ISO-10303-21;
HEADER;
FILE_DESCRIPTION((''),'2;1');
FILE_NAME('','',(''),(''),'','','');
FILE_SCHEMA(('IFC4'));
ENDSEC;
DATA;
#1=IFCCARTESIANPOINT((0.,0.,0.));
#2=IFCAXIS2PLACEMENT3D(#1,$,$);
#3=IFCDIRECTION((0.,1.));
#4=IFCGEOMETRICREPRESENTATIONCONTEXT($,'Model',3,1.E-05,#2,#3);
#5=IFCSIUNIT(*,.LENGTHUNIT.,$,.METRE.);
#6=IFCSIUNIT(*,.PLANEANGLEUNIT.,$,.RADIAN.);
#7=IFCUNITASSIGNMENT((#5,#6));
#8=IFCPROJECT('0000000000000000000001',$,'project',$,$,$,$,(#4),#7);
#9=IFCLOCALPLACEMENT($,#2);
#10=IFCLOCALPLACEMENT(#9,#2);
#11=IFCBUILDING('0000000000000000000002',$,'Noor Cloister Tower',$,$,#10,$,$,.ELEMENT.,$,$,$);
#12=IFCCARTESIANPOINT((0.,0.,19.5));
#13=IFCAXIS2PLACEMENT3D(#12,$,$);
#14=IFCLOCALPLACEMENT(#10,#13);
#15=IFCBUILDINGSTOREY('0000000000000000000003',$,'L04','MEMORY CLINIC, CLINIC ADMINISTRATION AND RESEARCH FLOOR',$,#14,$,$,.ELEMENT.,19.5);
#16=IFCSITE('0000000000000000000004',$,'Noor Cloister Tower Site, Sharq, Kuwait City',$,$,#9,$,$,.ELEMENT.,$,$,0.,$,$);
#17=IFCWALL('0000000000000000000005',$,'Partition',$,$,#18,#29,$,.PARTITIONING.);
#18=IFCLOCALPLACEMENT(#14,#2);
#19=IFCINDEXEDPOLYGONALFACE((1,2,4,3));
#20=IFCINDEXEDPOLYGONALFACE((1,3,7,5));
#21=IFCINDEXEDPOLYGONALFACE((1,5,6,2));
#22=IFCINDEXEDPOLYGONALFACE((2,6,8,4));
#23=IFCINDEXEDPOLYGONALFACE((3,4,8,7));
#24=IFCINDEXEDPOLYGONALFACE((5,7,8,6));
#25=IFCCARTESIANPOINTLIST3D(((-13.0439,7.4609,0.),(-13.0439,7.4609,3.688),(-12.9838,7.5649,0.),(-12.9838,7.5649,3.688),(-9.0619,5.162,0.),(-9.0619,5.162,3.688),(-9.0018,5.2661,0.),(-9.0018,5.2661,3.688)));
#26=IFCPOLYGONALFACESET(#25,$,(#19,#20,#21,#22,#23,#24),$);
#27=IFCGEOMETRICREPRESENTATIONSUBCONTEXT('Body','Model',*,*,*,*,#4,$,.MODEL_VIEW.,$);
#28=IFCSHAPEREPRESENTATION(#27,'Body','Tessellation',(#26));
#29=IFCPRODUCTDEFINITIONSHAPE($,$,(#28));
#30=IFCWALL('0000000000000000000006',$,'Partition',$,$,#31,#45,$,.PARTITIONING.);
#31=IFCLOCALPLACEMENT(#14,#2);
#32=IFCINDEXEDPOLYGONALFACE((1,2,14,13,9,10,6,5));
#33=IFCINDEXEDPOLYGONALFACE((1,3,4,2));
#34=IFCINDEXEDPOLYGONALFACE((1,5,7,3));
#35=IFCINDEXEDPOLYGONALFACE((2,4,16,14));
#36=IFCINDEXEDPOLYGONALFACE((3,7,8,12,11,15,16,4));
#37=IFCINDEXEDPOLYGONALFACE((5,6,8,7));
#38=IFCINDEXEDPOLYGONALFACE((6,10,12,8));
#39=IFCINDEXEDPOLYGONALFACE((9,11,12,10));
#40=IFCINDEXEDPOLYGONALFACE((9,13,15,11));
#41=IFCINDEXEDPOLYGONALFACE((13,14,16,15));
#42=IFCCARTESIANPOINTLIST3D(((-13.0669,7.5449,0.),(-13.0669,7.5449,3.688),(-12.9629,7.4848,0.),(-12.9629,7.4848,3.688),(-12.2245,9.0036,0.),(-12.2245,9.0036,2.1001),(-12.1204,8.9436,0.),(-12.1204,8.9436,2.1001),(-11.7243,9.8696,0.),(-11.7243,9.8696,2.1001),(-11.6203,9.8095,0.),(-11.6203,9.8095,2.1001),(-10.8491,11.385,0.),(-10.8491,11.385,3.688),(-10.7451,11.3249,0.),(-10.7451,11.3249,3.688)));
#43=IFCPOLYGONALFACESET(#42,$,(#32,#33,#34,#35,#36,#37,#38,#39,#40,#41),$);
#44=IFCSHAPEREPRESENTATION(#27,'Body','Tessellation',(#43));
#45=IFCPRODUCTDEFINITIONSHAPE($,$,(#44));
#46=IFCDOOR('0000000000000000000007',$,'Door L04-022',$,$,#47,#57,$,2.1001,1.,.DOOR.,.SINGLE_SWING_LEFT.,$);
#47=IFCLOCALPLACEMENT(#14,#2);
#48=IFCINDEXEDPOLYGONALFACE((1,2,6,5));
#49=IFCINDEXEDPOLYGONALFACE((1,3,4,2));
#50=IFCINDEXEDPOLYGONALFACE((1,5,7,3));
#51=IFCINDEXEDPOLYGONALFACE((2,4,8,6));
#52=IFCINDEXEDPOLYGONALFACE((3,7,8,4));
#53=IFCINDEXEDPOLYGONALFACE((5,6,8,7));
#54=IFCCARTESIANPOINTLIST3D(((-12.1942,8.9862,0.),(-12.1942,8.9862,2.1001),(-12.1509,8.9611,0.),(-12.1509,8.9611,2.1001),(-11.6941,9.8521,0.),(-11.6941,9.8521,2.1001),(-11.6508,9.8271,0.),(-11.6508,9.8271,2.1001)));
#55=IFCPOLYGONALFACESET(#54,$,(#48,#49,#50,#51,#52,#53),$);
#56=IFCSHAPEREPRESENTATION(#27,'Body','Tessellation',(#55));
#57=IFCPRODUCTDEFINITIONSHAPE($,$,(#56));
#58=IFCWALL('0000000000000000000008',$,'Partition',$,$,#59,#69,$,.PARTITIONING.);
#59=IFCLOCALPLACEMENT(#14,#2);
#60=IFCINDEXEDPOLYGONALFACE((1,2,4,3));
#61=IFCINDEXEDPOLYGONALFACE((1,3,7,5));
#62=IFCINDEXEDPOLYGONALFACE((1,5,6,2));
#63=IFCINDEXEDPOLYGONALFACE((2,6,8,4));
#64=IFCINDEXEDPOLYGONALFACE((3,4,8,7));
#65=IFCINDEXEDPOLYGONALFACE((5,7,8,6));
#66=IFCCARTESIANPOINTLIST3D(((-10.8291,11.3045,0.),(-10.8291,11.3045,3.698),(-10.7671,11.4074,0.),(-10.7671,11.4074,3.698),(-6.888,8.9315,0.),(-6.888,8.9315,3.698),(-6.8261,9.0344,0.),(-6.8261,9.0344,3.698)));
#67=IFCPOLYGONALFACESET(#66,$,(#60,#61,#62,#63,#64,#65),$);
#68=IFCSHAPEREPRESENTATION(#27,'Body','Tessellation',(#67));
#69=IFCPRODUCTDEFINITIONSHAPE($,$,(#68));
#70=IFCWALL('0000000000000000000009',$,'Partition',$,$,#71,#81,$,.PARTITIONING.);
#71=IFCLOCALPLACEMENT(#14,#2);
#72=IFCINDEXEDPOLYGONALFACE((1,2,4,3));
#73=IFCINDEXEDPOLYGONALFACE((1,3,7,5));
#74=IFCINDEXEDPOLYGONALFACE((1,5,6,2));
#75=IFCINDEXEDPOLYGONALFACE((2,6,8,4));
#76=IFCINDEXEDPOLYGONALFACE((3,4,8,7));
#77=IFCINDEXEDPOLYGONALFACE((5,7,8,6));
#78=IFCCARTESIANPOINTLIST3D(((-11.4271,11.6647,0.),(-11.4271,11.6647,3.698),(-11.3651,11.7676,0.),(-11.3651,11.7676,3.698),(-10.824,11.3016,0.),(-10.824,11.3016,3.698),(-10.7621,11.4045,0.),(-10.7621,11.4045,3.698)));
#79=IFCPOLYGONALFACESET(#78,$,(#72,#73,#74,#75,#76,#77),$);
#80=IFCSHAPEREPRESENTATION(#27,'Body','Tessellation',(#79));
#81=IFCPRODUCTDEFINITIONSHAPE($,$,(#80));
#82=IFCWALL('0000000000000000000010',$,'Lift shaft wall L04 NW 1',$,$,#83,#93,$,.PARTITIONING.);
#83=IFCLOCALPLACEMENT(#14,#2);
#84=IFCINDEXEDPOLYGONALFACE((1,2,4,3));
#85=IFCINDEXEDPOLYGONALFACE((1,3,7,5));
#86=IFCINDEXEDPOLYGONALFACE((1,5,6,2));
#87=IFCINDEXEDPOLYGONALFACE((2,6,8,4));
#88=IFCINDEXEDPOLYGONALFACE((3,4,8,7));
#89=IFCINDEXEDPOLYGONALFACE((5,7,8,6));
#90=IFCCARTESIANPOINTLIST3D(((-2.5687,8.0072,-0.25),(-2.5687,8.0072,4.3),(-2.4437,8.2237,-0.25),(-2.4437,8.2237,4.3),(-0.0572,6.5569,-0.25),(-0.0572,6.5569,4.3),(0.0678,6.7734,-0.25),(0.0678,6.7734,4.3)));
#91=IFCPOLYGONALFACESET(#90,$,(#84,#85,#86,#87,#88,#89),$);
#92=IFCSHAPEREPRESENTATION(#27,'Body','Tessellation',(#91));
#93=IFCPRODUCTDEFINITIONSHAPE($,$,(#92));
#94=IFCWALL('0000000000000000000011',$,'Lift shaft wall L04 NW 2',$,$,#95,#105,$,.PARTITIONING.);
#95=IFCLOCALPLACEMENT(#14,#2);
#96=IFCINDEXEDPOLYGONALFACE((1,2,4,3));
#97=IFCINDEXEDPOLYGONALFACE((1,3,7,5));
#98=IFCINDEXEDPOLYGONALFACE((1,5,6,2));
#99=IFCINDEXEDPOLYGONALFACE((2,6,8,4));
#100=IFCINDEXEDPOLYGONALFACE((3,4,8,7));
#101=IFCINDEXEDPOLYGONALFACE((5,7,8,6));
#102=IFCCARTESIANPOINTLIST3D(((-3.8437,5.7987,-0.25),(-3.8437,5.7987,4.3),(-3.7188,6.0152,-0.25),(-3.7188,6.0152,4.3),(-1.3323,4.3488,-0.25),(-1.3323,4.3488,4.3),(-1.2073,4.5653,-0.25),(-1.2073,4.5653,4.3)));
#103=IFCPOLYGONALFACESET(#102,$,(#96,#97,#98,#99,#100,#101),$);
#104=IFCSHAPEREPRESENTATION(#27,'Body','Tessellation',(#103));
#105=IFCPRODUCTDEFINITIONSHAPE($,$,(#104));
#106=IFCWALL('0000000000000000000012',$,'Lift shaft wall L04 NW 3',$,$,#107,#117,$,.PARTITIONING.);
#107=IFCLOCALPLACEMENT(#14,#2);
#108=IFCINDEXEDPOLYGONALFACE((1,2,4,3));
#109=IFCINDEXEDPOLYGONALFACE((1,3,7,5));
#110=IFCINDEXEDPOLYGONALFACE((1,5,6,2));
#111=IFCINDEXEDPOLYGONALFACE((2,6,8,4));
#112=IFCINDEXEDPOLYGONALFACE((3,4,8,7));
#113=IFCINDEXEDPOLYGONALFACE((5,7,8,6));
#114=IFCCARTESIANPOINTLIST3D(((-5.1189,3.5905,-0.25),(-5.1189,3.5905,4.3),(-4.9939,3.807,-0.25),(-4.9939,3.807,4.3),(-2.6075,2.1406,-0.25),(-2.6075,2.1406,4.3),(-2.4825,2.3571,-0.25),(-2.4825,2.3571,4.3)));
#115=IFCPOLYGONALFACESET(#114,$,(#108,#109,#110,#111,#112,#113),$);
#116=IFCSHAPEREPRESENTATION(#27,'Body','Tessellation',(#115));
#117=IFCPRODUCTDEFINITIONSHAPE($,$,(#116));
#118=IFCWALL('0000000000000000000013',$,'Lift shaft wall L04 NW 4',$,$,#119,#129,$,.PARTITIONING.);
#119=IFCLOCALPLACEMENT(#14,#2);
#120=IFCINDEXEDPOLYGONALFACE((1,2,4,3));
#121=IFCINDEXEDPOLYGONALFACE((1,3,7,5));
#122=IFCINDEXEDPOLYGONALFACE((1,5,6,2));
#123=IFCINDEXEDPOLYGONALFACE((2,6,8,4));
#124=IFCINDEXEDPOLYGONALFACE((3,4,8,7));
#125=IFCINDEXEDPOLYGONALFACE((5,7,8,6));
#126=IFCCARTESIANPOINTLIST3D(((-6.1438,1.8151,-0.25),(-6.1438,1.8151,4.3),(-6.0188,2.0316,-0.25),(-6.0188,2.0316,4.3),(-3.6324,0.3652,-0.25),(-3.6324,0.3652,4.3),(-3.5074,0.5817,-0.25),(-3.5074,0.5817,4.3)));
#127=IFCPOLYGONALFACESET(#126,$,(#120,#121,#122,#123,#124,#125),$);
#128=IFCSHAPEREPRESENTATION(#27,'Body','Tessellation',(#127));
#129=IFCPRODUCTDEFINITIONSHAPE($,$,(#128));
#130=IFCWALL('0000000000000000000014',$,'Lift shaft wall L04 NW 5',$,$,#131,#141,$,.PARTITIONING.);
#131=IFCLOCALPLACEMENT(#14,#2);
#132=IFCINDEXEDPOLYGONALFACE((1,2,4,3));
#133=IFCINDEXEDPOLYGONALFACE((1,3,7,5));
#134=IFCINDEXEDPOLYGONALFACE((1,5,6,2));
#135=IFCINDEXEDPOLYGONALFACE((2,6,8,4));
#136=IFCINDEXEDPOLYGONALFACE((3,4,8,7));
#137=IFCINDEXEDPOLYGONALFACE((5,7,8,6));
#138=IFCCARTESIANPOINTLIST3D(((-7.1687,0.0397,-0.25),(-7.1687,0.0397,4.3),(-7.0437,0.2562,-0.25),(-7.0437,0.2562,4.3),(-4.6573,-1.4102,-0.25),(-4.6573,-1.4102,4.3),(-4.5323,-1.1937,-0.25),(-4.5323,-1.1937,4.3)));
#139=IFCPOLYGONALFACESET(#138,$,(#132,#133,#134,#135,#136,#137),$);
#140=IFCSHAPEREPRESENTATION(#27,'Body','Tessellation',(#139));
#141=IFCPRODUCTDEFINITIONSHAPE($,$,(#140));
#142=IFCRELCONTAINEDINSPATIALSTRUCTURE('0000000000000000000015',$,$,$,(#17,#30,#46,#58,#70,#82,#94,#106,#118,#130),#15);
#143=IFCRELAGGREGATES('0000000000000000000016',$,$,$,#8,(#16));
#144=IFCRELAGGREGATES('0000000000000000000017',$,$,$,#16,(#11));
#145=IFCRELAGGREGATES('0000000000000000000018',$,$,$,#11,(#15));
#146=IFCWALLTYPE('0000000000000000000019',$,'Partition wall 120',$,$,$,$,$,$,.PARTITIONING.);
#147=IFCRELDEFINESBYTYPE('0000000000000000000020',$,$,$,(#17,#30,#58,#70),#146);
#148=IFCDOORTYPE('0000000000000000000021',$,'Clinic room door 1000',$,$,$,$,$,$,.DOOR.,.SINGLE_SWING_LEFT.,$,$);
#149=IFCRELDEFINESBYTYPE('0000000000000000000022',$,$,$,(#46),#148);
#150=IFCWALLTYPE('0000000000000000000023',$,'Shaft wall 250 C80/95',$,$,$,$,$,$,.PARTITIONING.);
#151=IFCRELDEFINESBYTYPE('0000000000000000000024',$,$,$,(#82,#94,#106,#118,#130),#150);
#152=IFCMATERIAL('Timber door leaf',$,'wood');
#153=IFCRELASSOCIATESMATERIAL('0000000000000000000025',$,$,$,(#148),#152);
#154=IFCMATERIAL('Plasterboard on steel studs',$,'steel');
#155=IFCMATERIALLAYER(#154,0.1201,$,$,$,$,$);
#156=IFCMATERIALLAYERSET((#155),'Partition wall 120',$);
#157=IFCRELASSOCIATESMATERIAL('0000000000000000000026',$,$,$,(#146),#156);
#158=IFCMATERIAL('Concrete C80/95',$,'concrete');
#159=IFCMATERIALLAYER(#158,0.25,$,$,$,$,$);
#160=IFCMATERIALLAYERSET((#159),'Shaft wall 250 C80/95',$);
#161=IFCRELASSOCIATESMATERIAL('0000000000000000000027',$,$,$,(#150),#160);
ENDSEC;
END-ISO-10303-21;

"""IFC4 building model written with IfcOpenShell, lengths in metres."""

from ifc_helpers import new_model, si_unit, direction, frame, frame_2d, origin, place, context, subcontext, project, spatial, rectangle, extrude, material, layer, layer_set, type_object, element, fill, save


model = new_model("IFC4")

# Units and contexts
model_context = context("Model", 3, precision=1e-05, world=origin(), true_north=direction((0.0, 1.0)))
body_context = subcontext(model_context, "Body", "Model", "MODEL_VIEW")
ifc_project = project(units=[si_unit("LENGTHUNIT", "METRE"), si_unit("PLANEANGLEUNIT", "RADIAN")], contexts=[model_context])

# Site, building, storey
site_placement = place(None, origin())
site = spatial("IfcSite", under=ifc_project, at=site_placement, Name="Noor Cloister Tower Site, Sharq, Kuwait City", CompositionType="ELEMENT", RefElevation=0.0)
building_placement = place(site_placement, origin())
building = spatial("IfcBuilding", under=site, at=building_placement, Name="Noor Cloister Tower", CompositionType="ELEMENT")
storey_placement = place(building_placement, frame((0.0, 0.0, 19.5)))
storey = spatial("IfcBuildingStorey", under=building, at=storey_placement, Name="L04", Description="MEMORY CLINIC, CLINIC ADMINISTRATION AND RESEARCH FLOOR", CompositionType="ELEMENT", Elevation=19.5)

# Shared definitions
ifc_material_1 = material(Name="Timber door leaf", Category="wood")
door_type_1 = type_object("IfcDoorType", Name="Clinic room door 1000", OperationType="SINGLE_SWING_LEFT", PredefinedType="DOOR", material=ifc_material_1)

# Shared definitions
ifc_material_2 = material(Name="Plasterboard on steel studs", Category="steel")
ifc_layer_1 = layer(ifc_material_2, 0.1201)
ifc_layer_set_1 = layer_set([ifc_layer_1], Name="Partition wall 120")
wall_type_1 = type_object("IfcWallType", Name="Partition wall 120", PredefinedType="PARTITIONING", material=ifc_layer_set_1)

# Wall
wall_1_placement = place(storey_placement, frame((-9.032, 5.2141, 0.0), z_axis=(0.0, 0.0, 1.0), x_axis=(-0.866039, 0.499977, 0.0)))
element("IfcWall", 1, at=wall_1_placement, inside=storey, type_object=wall_type_1, Name="Partition", PredefinedType="PARTITIONING", context=body_context, shape_type="SweptSolid", body=[
    extrude(rectangle(XDim=4.5979, YDim=0.1201, at=frame_2d((2.2988, 0.0))), origin(), (0.0, 0.0, 1.0), 3.688),
])

# Wall, opening, door
wall_2_placement = place(storey_placement, frame((-10.7971, 11.355, 0.0), z_axis=(0.0, 0.0, 1.0), x_axis=(-0.500118, -0.865957, 0.0)))
wall_2 = element("IfcWall", 2, at=wall_2_placement, inside=storey, type_object=wall_type_1, Name="Partition", PredefinedType="PARTITIONING", context=body_context, shape_type="SweptSolid", body=[
    extrude(rectangle(XDim=4.4346, YDim=0.1201, at=frame_2d((2.2173, 0.0))), origin(), (0.0, 0.0, 1.0), 3.688),
])
opening_1_placement = place(wall_2_placement, frame((1.75, 0.0, 0.0)))
opening_1 = element("IfcOpeningElement", 3, at=opening_1_placement, cuts=wall_2, PredefinedType="OPENING", context=body_context, shape_type="SweptSolid", body=[
    extrude(rectangle(XDim=1.0, YDim=2.1001, at=frame_2d((0.5, 1.05))), frame((0.0, 0.0701, 0.0), z_axis=(0.0, -1.0, 0.0), x_axis=(1.0, 0.0, 0.0)), (0.0, 0.0, 1.0), 0.1401),
])
door_1_placement = place(opening_1_placement, origin())
door_1 = element("IfcDoor", 4, at=door_1_placement, inside=storey, type_object=door_type_1, Name="Door L04-022", OperationType="SINGLE_SWING_LEFT", OverallHeight=2.1001, OverallWidth=1.0, PredefinedType="DOOR", context=body_context, shape_type="SweptSolid", body=[
    extrude(rectangle(XDim=1.0, YDim=2.1001, at=frame_2d((0.5, 1.05))), frame((0.0, 0.0249, 0.0), z_axis=(0.0, -1.0, 0.0), x_axis=(1.0, 0.0, 0.0)), (0.0, 0.0, 1.0), 0.05),
])
fill(opening_1, door_1)

# Walls
wall_3_placement = place(storey_placement, frame((-6.8569, 8.9829, 0.0), z_axis=(0.0, 0.0, 1.0), x_axis=(-0.856691, 0.51583, 0.0)))
element("IfcWall", 5, at=wall_3_placement, inside=storey, type_object=wall_type_1, Name="Partition", PredefinedType="PARTITIONING", context=body_context, shape_type="SweptSolid", body=[
    extrude(rectangle(XDim=4.6003, YDim=0.1201, at=frame_2d((2.3003, 0.0))), origin(), (0.0, 0.0, 1.0), 3.698),
])
wall_4_placement = place(storey_placement, frame((-10.793, 11.353, 0.0), z_axis=(0.0, 0.0, 1.0), x_axis=(-0.856727, 0.51577, 0.0)))
element("IfcWall", 6, at=wall_4_placement, inside=storey, type_object=wall_type_1, Name="Partition", PredefinedType="PARTITIONING", context=body_context, shape_type="SweptSolid", body=[
    extrude(rectangle(XDim=0.7039, YDim=0.1201, at=frame_2d((0.3521, 0.0))), origin(), (0.0, 0.0, 1.0), 3.698),
])
ifc_material_3 = material(Name="Concrete C80/95", Category="concrete")
ifc_layer_2 = layer(ifc_material_3, 0.25)
ifc_layer_set_2 = layer_set([ifc_layer_2], Name="Shaft wall 250 C80/95")
wall_type_2 = type_object("IfcWallType", Name="Shaft wall 250 C80/95", PredefinedType="PARTITIONING", material=ifc_layer_set_2)
wall_5_placement = place(storey_placement, frame((-2.5063, 8.1155, -0.25), z_axis=(0.0, 0.0, 1.0), x_axis=(0.865996, -0.50005, 0.0)))
element("IfcWall", 7, at=wall_5_placement, inside=storey, type_object=wall_type_2, Name="Lift shaft wall L04 NW 1", PredefinedType="PARTITIONING", context=body_context, shape_type="SweptSolid", body=[
    extrude(rectangle(XDim=2.9001, YDim=0.25, at=frame_2d((1.4502, 0.0))), origin(), (0.0, 0.0, 1.0), 4.55),
])
for number, where, z_axis, x_axis, name in (
    (8, (-3.7812, 5.907, -0.25), (0.0, 0.0, 1.0), (0.866033, -0.499987, 0.0), "Lift shaft wall L04 NW 2"),
    (9, (-5.0564, 3.6987, -0.25), (0.0, 0.0, 1.0), (0.866033, -0.499987, 0.0), "Lift shaft wall L04 NW 3"),
    (10, (-6.0813, 1.9233, -0.25), (0.0, 0.0, 1.0), (0.866033, -0.499987, 0.0), "Lift shaft wall L04 NW 4"),
    (11, (-7.1062, 0.1479, -0.25), (0.0, 0.0, 1.0), (0.866033, -0.499987, 0.0), "Lift shaft wall L04 NW 5"),
):
    element("IfcWall", number, at=place(storey_placement, frame(where, z_axis=z_axis, x_axis=x_axis)), inside=storey, type_object=wall_type_2, Name=name, PredefinedType="PARTITIONING", context=body_context, shape_type="SweptSolid", body=[
        extrude(rectangle(XDim=2.8999, YDim=0.25, at=frame_2d((1.45, 0.0))), origin(), (0.0, 0.0, 1.0), 4.55),
    ])

save(model, "model.ifc")
